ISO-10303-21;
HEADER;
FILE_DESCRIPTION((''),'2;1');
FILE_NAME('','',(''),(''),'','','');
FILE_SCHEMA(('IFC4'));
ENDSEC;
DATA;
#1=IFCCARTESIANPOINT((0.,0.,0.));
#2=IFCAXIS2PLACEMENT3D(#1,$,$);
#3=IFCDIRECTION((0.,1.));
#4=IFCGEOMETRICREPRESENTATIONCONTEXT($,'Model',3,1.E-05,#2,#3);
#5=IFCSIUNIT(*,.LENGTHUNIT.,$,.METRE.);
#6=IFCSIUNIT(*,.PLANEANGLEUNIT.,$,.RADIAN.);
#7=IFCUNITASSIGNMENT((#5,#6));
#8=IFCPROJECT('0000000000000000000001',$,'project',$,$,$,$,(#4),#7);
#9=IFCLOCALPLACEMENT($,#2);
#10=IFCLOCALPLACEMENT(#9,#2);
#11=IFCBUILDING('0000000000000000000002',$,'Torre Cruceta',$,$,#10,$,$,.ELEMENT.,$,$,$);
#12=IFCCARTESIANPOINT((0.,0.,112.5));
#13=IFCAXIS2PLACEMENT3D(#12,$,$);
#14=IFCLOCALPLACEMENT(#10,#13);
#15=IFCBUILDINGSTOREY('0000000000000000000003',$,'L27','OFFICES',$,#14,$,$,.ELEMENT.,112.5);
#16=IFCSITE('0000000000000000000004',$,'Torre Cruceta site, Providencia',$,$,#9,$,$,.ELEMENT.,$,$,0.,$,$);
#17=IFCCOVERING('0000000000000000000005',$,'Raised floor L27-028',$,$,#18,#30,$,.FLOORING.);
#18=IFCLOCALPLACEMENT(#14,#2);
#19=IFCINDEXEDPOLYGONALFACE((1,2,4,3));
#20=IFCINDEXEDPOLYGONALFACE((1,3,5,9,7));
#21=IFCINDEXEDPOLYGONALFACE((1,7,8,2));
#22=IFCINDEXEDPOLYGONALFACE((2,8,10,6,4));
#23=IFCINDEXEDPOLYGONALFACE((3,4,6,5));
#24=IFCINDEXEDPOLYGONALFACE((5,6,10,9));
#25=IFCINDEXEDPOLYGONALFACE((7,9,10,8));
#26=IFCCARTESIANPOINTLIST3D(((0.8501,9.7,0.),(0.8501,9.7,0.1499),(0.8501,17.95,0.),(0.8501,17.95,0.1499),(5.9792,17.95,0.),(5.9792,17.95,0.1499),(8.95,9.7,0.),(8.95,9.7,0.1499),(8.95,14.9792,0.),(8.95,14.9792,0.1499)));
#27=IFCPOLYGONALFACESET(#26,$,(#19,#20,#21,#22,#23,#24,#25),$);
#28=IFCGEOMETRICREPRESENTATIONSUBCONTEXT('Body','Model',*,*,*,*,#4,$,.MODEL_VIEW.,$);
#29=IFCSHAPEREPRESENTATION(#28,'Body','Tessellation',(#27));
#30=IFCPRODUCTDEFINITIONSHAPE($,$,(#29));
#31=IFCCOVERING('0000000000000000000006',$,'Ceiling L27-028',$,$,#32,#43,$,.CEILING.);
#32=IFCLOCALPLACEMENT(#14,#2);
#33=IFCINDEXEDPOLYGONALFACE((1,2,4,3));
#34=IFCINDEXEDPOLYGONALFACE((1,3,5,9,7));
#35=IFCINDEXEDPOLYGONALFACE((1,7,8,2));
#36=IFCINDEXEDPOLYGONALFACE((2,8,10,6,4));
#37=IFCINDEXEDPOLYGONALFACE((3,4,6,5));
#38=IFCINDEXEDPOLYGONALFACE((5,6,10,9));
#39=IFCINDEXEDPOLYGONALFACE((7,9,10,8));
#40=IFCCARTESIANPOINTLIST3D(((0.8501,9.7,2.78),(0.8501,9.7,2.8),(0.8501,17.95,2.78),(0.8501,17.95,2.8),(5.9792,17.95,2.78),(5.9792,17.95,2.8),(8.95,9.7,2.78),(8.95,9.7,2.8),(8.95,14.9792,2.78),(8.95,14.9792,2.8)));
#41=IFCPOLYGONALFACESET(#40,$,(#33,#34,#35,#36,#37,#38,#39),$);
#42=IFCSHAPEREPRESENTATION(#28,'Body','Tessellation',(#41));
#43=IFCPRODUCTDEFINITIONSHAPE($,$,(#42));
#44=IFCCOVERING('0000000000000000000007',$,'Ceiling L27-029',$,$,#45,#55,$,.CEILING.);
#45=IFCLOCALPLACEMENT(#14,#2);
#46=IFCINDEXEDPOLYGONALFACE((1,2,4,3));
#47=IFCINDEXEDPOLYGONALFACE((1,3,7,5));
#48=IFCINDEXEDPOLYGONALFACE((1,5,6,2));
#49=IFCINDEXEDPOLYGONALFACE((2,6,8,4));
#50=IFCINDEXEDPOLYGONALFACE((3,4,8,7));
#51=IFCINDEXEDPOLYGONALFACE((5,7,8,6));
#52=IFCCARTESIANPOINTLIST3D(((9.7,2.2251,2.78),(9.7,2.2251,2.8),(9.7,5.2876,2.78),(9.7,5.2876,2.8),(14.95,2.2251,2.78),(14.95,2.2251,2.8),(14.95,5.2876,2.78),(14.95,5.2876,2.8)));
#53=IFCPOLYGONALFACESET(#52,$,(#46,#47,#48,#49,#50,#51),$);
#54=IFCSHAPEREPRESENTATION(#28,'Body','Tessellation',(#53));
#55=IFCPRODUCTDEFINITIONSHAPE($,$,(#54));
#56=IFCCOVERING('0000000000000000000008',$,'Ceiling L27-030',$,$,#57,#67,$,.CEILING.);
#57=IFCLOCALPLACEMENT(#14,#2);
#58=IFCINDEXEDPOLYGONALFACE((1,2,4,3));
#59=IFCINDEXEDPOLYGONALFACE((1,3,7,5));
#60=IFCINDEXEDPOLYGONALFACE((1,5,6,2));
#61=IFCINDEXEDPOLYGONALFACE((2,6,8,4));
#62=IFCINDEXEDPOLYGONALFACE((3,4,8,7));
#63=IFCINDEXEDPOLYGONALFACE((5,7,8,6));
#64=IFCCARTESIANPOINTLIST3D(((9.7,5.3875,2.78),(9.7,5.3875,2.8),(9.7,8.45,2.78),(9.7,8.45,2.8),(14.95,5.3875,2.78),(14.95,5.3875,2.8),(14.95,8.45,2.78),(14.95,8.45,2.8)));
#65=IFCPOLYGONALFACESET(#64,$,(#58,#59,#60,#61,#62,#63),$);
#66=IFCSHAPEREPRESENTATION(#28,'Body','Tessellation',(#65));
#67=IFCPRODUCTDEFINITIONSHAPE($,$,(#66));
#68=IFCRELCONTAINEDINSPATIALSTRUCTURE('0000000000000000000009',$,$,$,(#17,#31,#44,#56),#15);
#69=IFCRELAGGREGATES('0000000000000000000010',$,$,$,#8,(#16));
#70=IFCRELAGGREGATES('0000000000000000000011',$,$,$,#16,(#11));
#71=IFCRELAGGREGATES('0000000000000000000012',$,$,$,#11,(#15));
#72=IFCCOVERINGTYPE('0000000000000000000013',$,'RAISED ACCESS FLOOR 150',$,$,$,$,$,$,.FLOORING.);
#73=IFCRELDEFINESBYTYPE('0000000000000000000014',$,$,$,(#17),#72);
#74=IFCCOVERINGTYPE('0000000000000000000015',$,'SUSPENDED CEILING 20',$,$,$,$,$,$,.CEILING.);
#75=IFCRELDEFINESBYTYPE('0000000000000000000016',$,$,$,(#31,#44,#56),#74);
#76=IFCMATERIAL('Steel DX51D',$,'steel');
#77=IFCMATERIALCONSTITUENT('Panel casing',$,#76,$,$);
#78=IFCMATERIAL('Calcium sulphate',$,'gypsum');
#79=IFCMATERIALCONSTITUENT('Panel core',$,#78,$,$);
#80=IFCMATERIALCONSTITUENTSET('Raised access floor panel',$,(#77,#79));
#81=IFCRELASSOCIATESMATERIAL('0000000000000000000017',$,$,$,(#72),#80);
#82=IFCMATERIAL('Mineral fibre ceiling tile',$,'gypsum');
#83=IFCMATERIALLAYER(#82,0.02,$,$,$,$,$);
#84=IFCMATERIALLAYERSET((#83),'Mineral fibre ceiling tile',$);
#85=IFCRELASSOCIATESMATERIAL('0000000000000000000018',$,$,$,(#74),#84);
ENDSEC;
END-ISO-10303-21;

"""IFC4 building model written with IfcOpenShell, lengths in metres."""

from ifc_helpers import new_model, si_unit, direction, frame, origin, place, context, subcontext, project, spatial, polyline, outline, extrude, material, layer, layer_set, constituent, constituent_set, type_object, element, save


model = new_model("IFC4")

# Units and contexts
model_context = context("Model", 3, precision=1e-05, world=origin(), true_north=direction((0.0, 1.0)))
body_context = subcontext(model_context, "Body", "Model", "MODEL_VIEW")
ifc_project = project(units=[si_unit("LENGTHUNIT", "METRE"), si_unit("PLANEANGLEUNIT", "RADIAN")], contexts=[model_context])

# Site, building, storey
site_placement = place(None, origin())
site = spatial("IfcSite", under=ifc_project, at=site_placement, Name="Torre Cruceta site, Providencia", CompositionType="ELEMENT", RefElevation=0.0)
building_placement = place(site_placement, origin())
building = spatial("IfcBuilding", under=site, at=building_placement, Name="Torre Cruceta", CompositionType="ELEMENT")
storey_placement = place(building_placement, frame((0.0, 0.0, 112.5)))
storey = spatial("IfcBuildingStorey", under=building, at=storey_placement, Name="L27", Description="OFFICES", CompositionType="ELEMENT", Elevation=112.5)

# Coverings
ifc_material_1 = material(Name="Steel DX51D", Category="steel")
ifc_constituent_1 = constituent(ifc_material_1, Name="Panel casing")
ifc_material_2 = material(Name="Calcium sulphate", Category="gypsum")
ifc_constituent_2 = constituent(ifc_material_2, Name="Panel core")
ifc_constituent_set_1 = constituent_set(constituents=[ifc_constituent_1, ifc_constituent_2], Name="Raised access floor panel")
covering_type_1 = type_object("IfcCoveringType", Name="RAISED ACCESS FLOOR 150", PredefinedType="FLOORING", material=ifc_constituent_set_1)
covering_1_placement = place(storey_placement, origin())
element("IfcCovering", 1, at=covering_1_placement, inside=storey, type_object=covering_type_1, Name="Raised floor L27-028", PredefinedType="FLOORING", context=body_context, shape_type="SweptSolid", body=[
    extrude(outline(polyline([(5.9792, 17.95), (8.95, 14.9792), (8.95, 9.7), (0.8501, 9.7), (0.8501, 17.95), (5.9792, 17.95)])), origin(), (0.0, 0.0, 1.0), 0.1499),
])
ifc_material_3 = material(Name="Mineral fibre ceiling tile", Category="gypsum")
ifc_layer_1 = layer(ifc_material_3, 0.02)
ifc_layer_set_1 = layer_set([ifc_layer_1], Name="Mineral fibre ceiling tile")
covering_type_2 = type_object("IfcCoveringType", Name="SUSPENDED CEILING 20", PredefinedType="CEILING", material=ifc_layer_set_1)
covering_2_placement = place(storey_placement, frame((0.0, 0.0, 2.78)))
element("IfcCovering", 2, at=covering_2_placement, inside=storey, type_object=covering_type_2, Name="Ceiling L27-028", PredefinedType="CEILING", context=body_context, shape_type="SweptSolid", body=[
    extrude(outline(polyline([(5.9792, 17.95), (8.95, 14.9792), (8.95, 9.7), (0.8501, 9.7), (0.8501, 17.95), (5.9792, 17.95)])), origin(), (0.0, 0.0, 1.0), 0.02),
])
covering_3_placement = place(storey_placement, frame((0.0, 0.0, 2.78)))
element("IfcCovering", 3, at=covering_3_placement, inside=storey, type_object=covering_type_2, Name="Ceiling L27-029", PredefinedType="CEILING", context=body_context, shape_type="SweptSolid", body=[
    extrude(outline(polyline([(9.7, 2.2251), (9.7, 5.2876), (14.95, 5.2876), (14.95, 2.2251), (9.7, 2.2251)])), origin(), (0.0, 0.0, 1.0), 0.02),
])
covering_4_placement = place(storey_placement, frame((0.0, 0.0, 2.78)))
element("IfcCovering", 4, at=covering_4_placement, inside=storey, type_object=covering_type_2, Name="Ceiling L27-030", PredefinedType="CEILING", context=body_context, shape_type="SweptSolid", body=[
    extrude(outline(polyline([(9.7, 5.3875), (9.7, 8.45), (14.95, 8.45), (14.95, 5.3875), (9.7, 5.3875)])), origin(), (0.0, 0.0, 1.0), 0.02),
])

save(model, "model.ifc")
